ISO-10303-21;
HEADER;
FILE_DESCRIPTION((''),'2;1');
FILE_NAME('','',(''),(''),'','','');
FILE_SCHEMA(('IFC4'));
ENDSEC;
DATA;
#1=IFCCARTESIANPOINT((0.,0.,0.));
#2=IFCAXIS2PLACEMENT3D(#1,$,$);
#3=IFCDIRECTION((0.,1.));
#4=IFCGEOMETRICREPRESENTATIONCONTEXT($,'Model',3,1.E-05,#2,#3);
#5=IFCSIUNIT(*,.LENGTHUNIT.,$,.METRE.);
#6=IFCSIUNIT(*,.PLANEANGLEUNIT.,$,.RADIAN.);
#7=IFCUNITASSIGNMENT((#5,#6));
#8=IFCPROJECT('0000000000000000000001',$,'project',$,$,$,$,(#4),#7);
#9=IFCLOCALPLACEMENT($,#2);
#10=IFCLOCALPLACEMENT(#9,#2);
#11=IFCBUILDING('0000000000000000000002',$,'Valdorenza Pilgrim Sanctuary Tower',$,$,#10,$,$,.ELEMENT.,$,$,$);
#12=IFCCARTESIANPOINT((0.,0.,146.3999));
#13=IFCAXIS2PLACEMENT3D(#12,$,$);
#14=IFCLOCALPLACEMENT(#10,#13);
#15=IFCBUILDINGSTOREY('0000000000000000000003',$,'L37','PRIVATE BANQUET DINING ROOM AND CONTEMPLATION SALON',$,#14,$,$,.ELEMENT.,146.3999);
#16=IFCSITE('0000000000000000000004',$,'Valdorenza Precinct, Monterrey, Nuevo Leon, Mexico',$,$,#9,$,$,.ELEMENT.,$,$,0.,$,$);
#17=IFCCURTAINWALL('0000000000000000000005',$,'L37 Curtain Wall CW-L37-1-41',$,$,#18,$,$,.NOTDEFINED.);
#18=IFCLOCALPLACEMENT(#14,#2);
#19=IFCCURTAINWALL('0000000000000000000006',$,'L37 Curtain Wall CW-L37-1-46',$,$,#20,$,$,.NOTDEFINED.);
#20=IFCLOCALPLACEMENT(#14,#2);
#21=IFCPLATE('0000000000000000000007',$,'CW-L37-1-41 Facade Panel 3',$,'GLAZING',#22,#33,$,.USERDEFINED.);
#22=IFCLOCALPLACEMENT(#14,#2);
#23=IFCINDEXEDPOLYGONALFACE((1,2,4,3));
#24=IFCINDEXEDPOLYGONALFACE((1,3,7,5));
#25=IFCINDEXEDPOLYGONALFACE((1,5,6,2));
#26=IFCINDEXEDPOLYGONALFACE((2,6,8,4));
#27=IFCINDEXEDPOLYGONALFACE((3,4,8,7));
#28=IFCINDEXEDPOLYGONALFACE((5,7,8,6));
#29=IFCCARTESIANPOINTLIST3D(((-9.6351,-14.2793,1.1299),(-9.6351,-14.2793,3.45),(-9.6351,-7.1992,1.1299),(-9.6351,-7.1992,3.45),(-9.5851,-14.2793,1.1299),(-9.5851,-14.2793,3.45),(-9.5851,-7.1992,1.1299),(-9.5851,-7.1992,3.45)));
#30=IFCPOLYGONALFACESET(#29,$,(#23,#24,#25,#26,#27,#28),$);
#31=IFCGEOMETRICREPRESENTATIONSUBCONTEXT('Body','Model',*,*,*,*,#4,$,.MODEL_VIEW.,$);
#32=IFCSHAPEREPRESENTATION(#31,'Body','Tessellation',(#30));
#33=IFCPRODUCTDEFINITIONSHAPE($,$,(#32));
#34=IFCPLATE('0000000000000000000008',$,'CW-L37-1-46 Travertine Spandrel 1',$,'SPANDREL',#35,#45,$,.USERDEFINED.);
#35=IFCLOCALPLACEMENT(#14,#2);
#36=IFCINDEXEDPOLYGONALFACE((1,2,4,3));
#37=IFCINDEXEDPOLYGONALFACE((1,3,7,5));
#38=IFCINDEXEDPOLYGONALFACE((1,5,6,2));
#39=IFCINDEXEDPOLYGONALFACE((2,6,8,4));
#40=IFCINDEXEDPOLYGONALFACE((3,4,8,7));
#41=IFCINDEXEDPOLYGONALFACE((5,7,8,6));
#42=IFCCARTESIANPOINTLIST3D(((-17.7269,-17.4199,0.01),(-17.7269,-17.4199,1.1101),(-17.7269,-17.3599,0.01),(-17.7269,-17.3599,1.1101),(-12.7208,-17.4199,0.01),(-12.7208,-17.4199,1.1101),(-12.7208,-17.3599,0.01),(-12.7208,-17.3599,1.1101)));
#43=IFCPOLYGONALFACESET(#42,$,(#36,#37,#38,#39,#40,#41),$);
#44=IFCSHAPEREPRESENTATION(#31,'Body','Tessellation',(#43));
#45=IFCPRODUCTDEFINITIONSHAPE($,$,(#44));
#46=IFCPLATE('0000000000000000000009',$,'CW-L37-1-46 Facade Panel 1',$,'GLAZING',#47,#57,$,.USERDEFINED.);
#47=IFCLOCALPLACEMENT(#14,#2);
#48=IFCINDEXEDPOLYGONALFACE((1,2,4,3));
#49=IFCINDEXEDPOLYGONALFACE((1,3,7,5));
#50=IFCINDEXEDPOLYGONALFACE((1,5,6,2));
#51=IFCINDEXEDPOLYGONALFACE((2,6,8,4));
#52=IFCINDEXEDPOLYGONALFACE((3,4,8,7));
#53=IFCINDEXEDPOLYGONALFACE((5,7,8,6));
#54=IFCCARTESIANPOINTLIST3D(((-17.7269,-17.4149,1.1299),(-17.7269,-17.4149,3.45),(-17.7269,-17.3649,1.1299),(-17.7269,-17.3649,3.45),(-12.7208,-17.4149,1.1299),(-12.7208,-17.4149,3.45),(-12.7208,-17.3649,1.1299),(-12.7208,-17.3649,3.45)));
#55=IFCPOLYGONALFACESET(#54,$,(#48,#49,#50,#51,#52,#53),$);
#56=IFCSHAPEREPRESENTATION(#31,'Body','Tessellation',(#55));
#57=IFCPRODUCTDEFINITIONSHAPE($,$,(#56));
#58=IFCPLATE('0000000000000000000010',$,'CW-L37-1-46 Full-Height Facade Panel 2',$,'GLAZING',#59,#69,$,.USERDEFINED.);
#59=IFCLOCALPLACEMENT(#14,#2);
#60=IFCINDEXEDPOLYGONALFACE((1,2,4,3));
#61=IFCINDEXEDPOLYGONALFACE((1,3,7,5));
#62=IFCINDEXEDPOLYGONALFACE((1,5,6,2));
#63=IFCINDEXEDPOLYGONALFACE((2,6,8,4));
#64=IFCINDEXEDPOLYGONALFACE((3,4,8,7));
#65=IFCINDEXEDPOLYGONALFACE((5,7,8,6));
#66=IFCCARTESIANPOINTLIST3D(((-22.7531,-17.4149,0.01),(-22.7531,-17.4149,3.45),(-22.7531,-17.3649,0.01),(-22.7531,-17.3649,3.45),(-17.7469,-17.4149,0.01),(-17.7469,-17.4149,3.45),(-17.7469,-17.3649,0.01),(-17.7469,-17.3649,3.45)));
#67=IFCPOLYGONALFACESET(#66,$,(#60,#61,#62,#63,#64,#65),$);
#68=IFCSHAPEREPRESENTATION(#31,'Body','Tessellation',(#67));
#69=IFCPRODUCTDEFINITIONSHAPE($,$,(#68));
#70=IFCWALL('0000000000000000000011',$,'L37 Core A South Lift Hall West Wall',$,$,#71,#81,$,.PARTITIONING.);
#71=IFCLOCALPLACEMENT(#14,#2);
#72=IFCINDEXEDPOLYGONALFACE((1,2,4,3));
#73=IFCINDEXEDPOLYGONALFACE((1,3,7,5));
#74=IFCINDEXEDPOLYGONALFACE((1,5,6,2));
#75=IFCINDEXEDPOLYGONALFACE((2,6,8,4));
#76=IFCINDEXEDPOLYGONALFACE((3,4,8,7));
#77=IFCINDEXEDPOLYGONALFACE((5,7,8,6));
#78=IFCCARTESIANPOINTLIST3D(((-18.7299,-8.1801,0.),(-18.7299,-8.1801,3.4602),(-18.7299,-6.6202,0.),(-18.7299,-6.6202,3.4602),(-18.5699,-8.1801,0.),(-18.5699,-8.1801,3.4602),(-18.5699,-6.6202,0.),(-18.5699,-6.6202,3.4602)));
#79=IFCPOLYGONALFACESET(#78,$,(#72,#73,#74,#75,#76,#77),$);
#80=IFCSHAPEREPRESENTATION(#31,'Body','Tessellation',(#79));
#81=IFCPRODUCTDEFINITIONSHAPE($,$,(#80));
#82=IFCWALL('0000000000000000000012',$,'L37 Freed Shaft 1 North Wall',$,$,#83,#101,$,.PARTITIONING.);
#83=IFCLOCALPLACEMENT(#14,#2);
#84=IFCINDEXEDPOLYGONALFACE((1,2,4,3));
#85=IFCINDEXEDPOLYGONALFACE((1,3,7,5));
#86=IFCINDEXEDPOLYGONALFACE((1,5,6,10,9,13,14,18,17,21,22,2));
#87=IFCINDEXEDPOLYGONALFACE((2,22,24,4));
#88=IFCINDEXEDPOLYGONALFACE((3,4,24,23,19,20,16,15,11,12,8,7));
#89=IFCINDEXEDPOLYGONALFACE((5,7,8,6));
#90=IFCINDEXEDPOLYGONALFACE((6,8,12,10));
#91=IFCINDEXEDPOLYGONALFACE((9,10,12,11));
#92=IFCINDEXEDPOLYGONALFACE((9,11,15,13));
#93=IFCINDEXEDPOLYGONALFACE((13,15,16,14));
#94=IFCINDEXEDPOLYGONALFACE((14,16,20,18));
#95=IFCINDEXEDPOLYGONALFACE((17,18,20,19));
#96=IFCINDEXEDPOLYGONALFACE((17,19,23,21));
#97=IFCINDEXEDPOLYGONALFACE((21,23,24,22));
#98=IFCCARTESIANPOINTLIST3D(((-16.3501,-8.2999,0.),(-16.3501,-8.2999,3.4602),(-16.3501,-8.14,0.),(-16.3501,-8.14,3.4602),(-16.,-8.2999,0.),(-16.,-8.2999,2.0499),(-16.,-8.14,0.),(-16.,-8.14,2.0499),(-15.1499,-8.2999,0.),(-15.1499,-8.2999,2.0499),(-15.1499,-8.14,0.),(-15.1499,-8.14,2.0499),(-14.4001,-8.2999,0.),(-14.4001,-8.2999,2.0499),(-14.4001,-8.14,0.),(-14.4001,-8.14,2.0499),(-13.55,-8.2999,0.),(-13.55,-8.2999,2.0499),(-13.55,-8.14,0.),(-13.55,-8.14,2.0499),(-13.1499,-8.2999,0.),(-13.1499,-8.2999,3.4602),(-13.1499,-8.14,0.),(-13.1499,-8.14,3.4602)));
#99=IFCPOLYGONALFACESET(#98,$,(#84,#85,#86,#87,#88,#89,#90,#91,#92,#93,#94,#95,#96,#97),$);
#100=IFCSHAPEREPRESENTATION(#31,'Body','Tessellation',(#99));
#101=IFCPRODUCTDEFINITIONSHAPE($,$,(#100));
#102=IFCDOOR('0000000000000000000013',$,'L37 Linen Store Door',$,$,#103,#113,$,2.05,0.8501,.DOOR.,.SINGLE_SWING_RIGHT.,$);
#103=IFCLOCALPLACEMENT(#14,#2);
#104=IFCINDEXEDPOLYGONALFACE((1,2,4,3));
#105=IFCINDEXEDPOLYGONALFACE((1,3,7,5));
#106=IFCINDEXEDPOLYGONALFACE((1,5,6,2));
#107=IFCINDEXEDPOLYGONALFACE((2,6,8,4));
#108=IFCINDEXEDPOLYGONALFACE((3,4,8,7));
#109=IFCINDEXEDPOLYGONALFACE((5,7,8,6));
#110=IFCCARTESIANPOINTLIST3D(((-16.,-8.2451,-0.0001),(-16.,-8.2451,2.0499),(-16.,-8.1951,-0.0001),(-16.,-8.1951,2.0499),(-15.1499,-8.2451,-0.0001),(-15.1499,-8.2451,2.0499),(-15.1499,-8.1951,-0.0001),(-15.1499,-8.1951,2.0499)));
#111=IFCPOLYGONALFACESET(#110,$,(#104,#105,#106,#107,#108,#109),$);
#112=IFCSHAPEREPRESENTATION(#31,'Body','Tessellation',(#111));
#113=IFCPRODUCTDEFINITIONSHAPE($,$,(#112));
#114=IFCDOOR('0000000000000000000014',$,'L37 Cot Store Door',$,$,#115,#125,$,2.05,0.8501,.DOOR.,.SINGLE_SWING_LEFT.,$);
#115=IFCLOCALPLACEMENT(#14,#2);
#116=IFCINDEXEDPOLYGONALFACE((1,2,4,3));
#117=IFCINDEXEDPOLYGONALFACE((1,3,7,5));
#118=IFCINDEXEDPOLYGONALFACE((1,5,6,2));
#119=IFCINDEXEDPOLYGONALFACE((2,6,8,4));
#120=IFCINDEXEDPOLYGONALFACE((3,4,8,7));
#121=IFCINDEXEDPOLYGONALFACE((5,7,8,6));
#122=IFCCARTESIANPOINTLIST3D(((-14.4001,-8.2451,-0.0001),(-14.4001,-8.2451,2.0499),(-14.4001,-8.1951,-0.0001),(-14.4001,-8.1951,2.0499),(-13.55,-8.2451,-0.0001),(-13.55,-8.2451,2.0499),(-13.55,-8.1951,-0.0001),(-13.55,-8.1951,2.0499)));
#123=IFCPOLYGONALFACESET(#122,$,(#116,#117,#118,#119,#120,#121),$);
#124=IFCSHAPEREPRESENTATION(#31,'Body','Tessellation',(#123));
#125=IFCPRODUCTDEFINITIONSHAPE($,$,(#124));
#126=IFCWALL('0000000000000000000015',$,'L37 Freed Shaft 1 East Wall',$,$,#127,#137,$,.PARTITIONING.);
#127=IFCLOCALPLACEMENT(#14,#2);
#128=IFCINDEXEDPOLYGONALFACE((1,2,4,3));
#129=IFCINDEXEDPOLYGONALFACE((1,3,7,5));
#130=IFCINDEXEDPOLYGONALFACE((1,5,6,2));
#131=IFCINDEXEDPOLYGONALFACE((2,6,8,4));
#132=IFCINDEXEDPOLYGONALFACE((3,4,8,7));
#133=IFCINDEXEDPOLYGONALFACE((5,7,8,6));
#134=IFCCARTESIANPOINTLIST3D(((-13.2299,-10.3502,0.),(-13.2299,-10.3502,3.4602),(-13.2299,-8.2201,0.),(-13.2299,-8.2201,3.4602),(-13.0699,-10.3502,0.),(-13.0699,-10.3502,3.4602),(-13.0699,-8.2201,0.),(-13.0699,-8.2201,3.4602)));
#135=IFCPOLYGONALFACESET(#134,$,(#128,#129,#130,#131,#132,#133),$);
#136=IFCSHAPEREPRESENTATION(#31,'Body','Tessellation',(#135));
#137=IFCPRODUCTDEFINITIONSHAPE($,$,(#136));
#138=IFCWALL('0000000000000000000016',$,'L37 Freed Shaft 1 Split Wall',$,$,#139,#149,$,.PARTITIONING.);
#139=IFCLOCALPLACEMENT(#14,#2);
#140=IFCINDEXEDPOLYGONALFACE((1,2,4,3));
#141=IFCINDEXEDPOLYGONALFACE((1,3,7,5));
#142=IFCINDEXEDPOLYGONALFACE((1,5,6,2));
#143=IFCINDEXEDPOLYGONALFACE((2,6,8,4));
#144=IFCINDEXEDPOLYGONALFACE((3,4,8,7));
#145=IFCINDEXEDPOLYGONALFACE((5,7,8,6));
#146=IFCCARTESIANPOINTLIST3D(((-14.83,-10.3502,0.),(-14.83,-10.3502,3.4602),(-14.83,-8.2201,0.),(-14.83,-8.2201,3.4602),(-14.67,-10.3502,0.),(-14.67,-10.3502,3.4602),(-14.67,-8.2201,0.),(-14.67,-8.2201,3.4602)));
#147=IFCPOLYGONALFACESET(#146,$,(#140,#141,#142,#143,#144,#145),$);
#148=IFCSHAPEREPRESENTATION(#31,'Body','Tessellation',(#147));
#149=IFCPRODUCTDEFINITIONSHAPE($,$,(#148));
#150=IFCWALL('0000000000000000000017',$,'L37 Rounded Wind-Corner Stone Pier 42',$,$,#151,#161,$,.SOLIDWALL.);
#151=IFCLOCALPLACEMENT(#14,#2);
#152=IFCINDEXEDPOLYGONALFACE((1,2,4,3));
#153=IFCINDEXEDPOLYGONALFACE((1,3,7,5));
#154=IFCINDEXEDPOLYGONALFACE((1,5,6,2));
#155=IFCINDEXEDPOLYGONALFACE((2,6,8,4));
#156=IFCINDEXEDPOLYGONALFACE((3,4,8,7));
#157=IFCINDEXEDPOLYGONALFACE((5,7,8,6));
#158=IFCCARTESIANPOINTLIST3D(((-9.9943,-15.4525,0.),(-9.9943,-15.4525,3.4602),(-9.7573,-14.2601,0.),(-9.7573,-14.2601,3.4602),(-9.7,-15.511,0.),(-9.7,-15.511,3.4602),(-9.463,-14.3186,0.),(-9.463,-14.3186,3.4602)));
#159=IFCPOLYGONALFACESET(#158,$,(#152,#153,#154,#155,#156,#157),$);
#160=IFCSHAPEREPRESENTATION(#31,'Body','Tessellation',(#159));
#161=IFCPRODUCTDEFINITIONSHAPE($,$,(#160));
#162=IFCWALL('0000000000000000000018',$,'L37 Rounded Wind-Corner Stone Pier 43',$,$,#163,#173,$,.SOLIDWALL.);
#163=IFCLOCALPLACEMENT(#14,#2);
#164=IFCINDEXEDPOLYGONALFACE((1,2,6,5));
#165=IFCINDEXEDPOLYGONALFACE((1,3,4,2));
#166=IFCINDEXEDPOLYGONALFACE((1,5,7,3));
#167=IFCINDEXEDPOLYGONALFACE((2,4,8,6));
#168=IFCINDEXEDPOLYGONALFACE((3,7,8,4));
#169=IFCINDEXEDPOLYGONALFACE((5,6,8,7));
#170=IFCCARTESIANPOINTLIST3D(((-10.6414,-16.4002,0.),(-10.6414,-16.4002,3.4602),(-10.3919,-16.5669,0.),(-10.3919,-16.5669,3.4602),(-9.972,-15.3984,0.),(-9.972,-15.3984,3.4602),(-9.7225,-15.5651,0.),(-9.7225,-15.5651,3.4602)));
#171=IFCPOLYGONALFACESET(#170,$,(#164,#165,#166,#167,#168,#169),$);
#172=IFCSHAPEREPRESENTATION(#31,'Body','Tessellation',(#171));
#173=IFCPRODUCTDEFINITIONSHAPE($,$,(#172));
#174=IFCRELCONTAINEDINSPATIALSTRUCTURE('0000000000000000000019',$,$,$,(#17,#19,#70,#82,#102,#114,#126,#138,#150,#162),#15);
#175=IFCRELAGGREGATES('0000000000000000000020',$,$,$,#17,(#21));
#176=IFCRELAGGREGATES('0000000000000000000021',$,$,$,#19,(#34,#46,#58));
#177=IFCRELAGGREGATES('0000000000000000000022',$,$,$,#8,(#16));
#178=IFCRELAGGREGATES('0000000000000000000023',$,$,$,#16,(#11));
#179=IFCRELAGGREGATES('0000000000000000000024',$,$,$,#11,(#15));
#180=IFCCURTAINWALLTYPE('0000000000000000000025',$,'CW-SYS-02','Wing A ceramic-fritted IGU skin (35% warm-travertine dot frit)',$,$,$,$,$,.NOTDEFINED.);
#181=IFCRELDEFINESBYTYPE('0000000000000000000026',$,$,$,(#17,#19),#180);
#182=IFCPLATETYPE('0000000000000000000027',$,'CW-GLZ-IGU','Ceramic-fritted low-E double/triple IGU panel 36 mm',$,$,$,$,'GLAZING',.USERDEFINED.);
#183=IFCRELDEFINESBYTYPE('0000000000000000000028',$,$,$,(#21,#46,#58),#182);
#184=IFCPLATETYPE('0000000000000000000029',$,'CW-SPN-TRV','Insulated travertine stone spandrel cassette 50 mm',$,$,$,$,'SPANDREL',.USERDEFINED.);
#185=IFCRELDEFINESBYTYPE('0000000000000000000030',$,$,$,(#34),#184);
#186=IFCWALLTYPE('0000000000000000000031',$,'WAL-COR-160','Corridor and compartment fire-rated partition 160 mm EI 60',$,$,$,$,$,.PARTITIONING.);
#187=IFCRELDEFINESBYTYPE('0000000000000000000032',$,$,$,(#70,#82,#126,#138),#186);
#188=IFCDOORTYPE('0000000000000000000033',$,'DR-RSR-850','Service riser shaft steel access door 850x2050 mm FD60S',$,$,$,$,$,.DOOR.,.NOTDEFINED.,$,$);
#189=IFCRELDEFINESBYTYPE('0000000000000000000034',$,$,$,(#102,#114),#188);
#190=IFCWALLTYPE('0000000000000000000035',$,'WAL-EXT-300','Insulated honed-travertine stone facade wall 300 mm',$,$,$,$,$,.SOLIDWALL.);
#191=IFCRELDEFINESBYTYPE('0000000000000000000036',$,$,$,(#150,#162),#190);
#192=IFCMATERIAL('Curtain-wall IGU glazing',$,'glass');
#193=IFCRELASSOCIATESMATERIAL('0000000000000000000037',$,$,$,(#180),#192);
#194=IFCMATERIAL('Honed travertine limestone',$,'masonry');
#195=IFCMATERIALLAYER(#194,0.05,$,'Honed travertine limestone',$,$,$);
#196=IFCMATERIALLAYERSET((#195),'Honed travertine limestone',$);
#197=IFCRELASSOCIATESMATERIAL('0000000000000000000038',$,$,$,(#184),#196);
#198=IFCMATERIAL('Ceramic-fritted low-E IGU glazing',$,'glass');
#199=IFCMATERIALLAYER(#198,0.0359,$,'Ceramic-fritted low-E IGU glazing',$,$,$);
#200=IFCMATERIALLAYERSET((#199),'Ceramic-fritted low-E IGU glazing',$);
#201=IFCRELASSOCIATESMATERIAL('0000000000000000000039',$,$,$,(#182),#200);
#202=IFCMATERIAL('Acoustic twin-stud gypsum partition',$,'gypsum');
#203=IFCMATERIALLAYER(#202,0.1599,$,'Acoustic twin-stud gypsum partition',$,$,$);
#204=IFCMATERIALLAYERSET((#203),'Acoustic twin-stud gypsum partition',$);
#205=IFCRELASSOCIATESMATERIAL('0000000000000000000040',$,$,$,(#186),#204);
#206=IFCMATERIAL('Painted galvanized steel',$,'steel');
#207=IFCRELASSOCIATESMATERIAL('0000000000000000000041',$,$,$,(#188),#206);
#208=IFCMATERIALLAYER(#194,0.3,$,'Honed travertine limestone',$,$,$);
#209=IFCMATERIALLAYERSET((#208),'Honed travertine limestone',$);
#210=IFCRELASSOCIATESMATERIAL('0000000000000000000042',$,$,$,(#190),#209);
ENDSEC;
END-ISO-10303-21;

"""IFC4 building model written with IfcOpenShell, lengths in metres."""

from ifc_helpers import new_model, si_unit, direction, frame, frame_2d, origin, origin_2d, place, context, subcontext, project, spatial, rectangle, extrude, source, transform, mapped, material, layer, layer_set, type_object, element, fill, aggregate, save


model = new_model("IFC4")

# Units and contexts
model_context = context("Model", 3, precision=1e-05, world=origin(), true_north=direction((0.0, 1.0)))
body_context = subcontext(model_context, "Body", "Model", "MODEL_VIEW")
ifc_project = project(units=[si_unit("LENGTHUNIT", "METRE"), si_unit("PLANEANGLEUNIT", "RADIAN")], contexts=[model_context])

# Site, building, storey
site_placement = place(None, origin())
site = spatial("IfcSite", under=ifc_project, at=site_placement, Name="Valdorenza Precinct, Monterrey, Nuevo Leon, Mexico", CompositionType="ELEMENT", RefElevation=0.0)
building_placement = place(site_placement, origin())
building = spatial("IfcBuilding", under=site, at=building_placement, Name="Valdorenza Pilgrim Sanctuary Tower", CompositionType="ELEMENT")
storey_placement = place(building_placement, frame((0.0, 0.0, 146.3999)))
storey = spatial("IfcBuildingStorey", under=building, at=storey_placement, Name="L37", Description="PRIVATE BANQUET DINING ROOM AND CONTEMPLATION SALON", CompositionType="ELEMENT", Elevation=146.3999)

# Curtain wall
ifc_material_1 = material(Name="Curtain-wall IGU glazing", Category="glass")
curtain_wall_type = type_object("IfcCurtainWallType", Name="CW-SYS-02", Description="Wing A ceramic-fritted IGU skin (35% warm-travertine dot frit)", PredefinedType="NOTDEFINED", material=ifc_material_1)
curtain_wall_1_placement = place(storey_placement, origin())
curtain_wall_1 = element("IfcCurtainWall", 1, at=curtain_wall_1_placement, inside=storey, type_object=curtain_wall_type, Name="L37 Curtain Wall CW-L37-1-41", PredefinedType="NOTDEFINED")

# Curtain wall
curtain_wall_2_placement = place(storey_placement, origin())
curtain_wall_2 = element("IfcCurtainWall", 2, at=curtain_wall_2_placement, inside=storey, type_object=curtain_wall_type, Name="L37 Curtain Wall CW-L37-1-46", PredefinedType="NOTDEFINED")

# Plates
ifc_material_2 = material(Name="Honed travertine limestone", Category="masonry")
ifc_layer_1 = layer(ifc_material_2, 0.05, Name="Honed travertine limestone")
ifc_layer_set_1 = layer_set([ifc_layer_1], Name="Honed travertine limestone")
plate_type_1 = type_object("IfcPlateType", Name="CW-SPN-TRV", Description="Insulated travertine stone spandrel cassette 50 mm", ElementType="SPANDREL", PredefinedType="USERDEFINED", material=ifc_layer_set_1)
ifc_material_3 = material(Name="Ceramic-fritted low-E IGU glazing", Category="glass")
ifc_layer_2 = layer(ifc_material_3, 0.0359, Name="Ceramic-fritted low-E IGU glazing")
ifc_layer_set_2 = layer_set([ifc_layer_2], Name="Ceramic-fritted low-E IGU glazing")
plate_type_2 = type_object("IfcPlateType", Name="CW-GLZ-IGU", Description="Ceramic-fritted low-E double/triple IGU panel 36 mm", ElementType="GLAZING", PredefinedType="USERDEFINED", material=ifc_layer_set_2)
shared_shape_1 = source(origin(), body_context, "Body", "SweptSolid", [
    extrude(rectangle(XDim=7.0801, YDim=0.05, at=origin_2d()), origin(), (0.0, 0.0, 1.0), 2.3201),
])
plate_1_placement = place(storey_placement, frame((-9.6101, -10.7393, 1.1299), z_axis=(0.0, 0.0, 1.0), x_axis=(0.0, -1.0, 0.0)))
plate_1 = element("IfcPlate", 3, at=plate_1_placement, type_object=plate_type_2, Name="CW-L37-1-41 Facade Panel 3", ObjectType="GLAZING", PredefinedType="USERDEFINED", context=body_context, shape_type="MappedRepresentation", body=[
    mapped(shared_shape_1, transform((0.0, 0.0, 0.0), x_axis=(1.0, 0.0, 0.0), y_axis=(0.0, 1.0, 0.0), z_axis=(0.0, 0.0, 1.0), scale=1.0)),
])
aggregate(curtain_wall_1, [plate_1])
shared_shape_2 = source(origin(), body_context, "Body", "SweptSolid", [
    extrude(rectangle(XDim=5.0061, YDim=0.0601, at=origin_2d()), origin(), (0.0, 0.0, 1.0), 1.1001),
])
plate_2_placement = place(storey_placement, frame((-15.2239, -17.3899, 0.01), z_axis=(0.0, 0.0, 1.0), x_axis=(-1.0, 0.0, 0.0)))
plate_2 = element("IfcPlate", 4, at=plate_2_placement, type_object=plate_type_1, Name="CW-L37-1-46 Travertine Spandrel 1", ObjectType="SPANDREL", PredefinedType="USERDEFINED", context=body_context, shape_type="MappedRepresentation", body=[
    mapped(shared_shape_2, transform((0.0, 0.0, 0.0), x_axis=(1.0, 0.0, 0.0), y_axis=(0.0, 1.0, 0.0), z_axis=(0.0, 0.0, 1.0), scale=1.0)),
])
shared_shape_3 = source(origin(), body_context, "Body", "SweptSolid", [
    extrude(rectangle(XDim=5.0061, YDim=0.05, at=origin_2d()), origin(), (0.0, 0.0, 1.0), 2.3201),
])
plate_3_placement = place(storey_placement, frame((-15.2239, -17.3899, 1.1299), z_axis=(0.0, 0.0, 1.0), x_axis=(-1.0, 0.0, 0.0)))
plate_3 = element("IfcPlate", 5, at=plate_3_placement, type_object=plate_type_2, Name="CW-L37-1-46 Facade Panel 1", ObjectType="GLAZING", PredefinedType="USERDEFINED", context=body_context, shape_type="MappedRepresentation", body=[
    mapped(shared_shape_3, transform((0.0, 0.0, 0.0), x_axis=(1.0, 0.0, 0.0), y_axis=(0.0, 1.0, 0.0), z_axis=(0.0, 0.0, 1.0), scale=1.0)),
])
shared_shape_4 = source(origin(), body_context, "Body", "SweptSolid", [
    extrude(rectangle(XDim=5.0061, YDim=0.05, at=origin_2d()), origin(), (0.0, 0.0, 1.0), 3.4399),
])
plate_4_placement = place(storey_placement, frame((-20.25, -17.3899, 0.01), z_axis=(0.0, 0.0, 1.0), x_axis=(-1.0, 0.0, 0.0)))
plate_4 = element("IfcPlate", 6, at=plate_4_placement, type_object=plate_type_2, Name="CW-L37-1-46 Full-Height Facade Panel 2", ObjectType="GLAZING", PredefinedType="USERDEFINED", context=body_context, shape_type="MappedRepresentation", body=[
    mapped(shared_shape_4, transform((0.0, 0.0, 0.0), x_axis=(1.0, 0.0, 0.0), y_axis=(0.0, 1.0, 0.0), z_axis=(0.0, 0.0, 1.0), scale=1.0)),
])
aggregate(curtain_wall_2, [plate_2, plate_3, plate_4])

# Wall
ifc_material_4 = material(Name="Acoustic twin-stud gypsum partition", Category="gypsum")
ifc_layer_3 = layer(ifc_material_4, 0.1599, Name="Acoustic twin-stud gypsum partition")
ifc_layer_set_3 = layer_set([ifc_layer_3], Name="Acoustic twin-stud gypsum partition")
wall_type_1 = type_object("IfcWallType", Name="WAL-COR-160", Description="Corridor and compartment fire-rated partition 160 mm EI 60", PredefinedType="PARTITIONING", material=ifc_layer_set_3)
wall_1_placement = place(storey_placement, frame((-18.6499, -8.1799, 0.0), z_axis=(0.0, 0.0, 1.0), x_axis=(0.0, 1.0, 0.0)))
element("IfcWall", 7, at=wall_1_placement, inside=storey, type_object=wall_type_1, Name="L37 Core A South Lift Hall West Wall", PredefinedType="PARTITIONING", context=body_context, shape_type="SweptSolid", body=[
    extrude(rectangle(XDim=1.5598, YDim=0.1599, at=frame_2d((0.7798, 0.0))), origin(), (0.0, 0.0, 1.0), 3.4602),
])

# Wall, openings, doors
wall_2_placement = place(storey_placement, frame((-16.3501, -8.22, 0.0), z_axis=(0.0, 0.0, 1.0), x_axis=(1.0, 0.0, 0.0)))
wall_2 = element("IfcWall", 8, at=wall_2_placement, inside=storey, type_object=wall_type_1, Name="L37 Freed Shaft 1 North Wall", PredefinedType="PARTITIONING", context=body_context, shape_type="SweptSolid", body=[
    extrude(rectangle(XDim=3.2002, YDim=0.1599, at=frame_2d((1.6001, 0.0))), origin(), (0.0, 0.0, 1.0), 3.4602),
])
opening_1_placement = place(wall_2_placement, frame((0.3501, 0.0, 0.0)))
opening_1 = element("IfcOpeningElement", 9, at=opening_1_placement, cuts=wall_2, PredefinedType="OPENING", context=body_context, shape_type="SweptSolid", body=[
    extrude(rectangle(XDim=0.8501, YDim=2.05, at=frame_2d((0.425, 1.0249))), frame((0.0, 0.0947, 0.0), z_axis=(0.0, -1.0, 0.0), x_axis=(1.0, 0.0, 0.0)), (0.0, 0.0, 1.0), 0.1897),
])
opening_2_placement = place(wall_2_placement, frame((1.95, 0.0, 0.0)))
opening_2 = element("IfcOpeningElement", 10, at=opening_2_placement, cuts=wall_2, PredefinedType="OPENING", context=body_context, shape_type="SweptSolid", body=[
    extrude(rectangle(XDim=0.8501, YDim=2.05, at=frame_2d((0.425, 1.0249))), frame((0.0, 0.0947, 0.0), z_axis=(0.0, -1.0, 0.0), x_axis=(1.0, 0.0, 0.0)), (0.0, 0.0, 1.0), 0.1897),
])
ifc_material_5 = material(Name="Painted galvanized steel", Category="steel")
door_type_1 = type_object("IfcDoorType", Name="DR-RSR-850", Description="Service riser shaft steel access door 850x2050 mm FD60S", OperationType="NOTDEFINED", PredefinedType="DOOR", material=ifc_material_5)
door_1_placement = place(opening_1_placement, origin())
door_1 = element("IfcDoor", 11, at=door_1_placement, inside=storey, type_object=door_type_1, Name="L37 Linen Store Door", OperationType="SINGLE_SWING_RIGHT", OverallHeight=2.05, OverallWidth=0.8501, PredefinedType="DOOR", context=body_context, shape_type="SweptSolid", body=[
    extrude(rectangle(XDim=0.8501, YDim=2.05, at=frame_2d((0.425, 1.0249))), frame((0.0, 0.0249, 0.0), z_axis=(0.0, -1.0, 0.0), x_axis=(1.0, 0.0, 0.0)), (0.0, 0.0, 1.0), 0.05),
])
fill(opening_1, door_1)
door_2_placement = place(opening_2_placement, origin())
door_2 = element("IfcDoor", 12, at=door_2_placement, inside=storey, type_object=door_type_1, Name="L37 Cot Store Door", OperationType="SINGLE_SWING_LEFT", OverallHeight=2.05, OverallWidth=0.8501, PredefinedType="DOOR", context=body_context, shape_type="SweptSolid", body=[
    extrude(rectangle(XDim=0.8501, YDim=2.05, at=frame_2d((0.425, 1.0249))), frame((0.0, 0.0249, 0.0), z_axis=(0.0, -1.0, 0.0), x_axis=(1.0, 0.0, 0.0)), (0.0, 0.0, 1.0), 0.05),
])
fill(opening_2, door_2)

# Walls
for number, where, z_axis, x_axis, name in (
    (13, (-13.1499, -10.3501, 0.0), (0.0, 0.0, 1.0), (0.0, 1.0, 0.0), "L37 Freed Shaft 1 East Wall"),
    (14, (-14.75, -10.3501, 0.0), (0.0, 0.0, 1.0), (0.0, 1.0, 0.0), "L37 Freed Shaft 1 Split Wall"),
):
    element("IfcWall", number, at=place(storey_placement, frame(where, z_axis=z_axis, x_axis=x_axis)), inside=storey, type_object=wall_type_1, Name=name, PredefinedType="PARTITIONING", context=body_context, shape_type="SweptSolid", body=[
        extrude(rectangle(XDim=2.1301, YDim=0.1599, at=frame_2d((1.0649, 0.0))), origin(), (0.0, 0.0, 1.0), 3.4602),
    ])
ifc_layer_4 = layer(ifc_material_2, 0.3, Name="Honed travertine limestone")
ifc_layer_set_4 = layer_set([ifc_layer_4], Name="Honed travertine limestone")
wall_type_2 = type_object("IfcWallType", Name="WAL-EXT-300", Description="Insulated honed-travertine stone facade wall 300 mm", PredefinedType="SOLIDWALL", material=ifc_layer_set_4)
wall_3_placement = place(storey_placement, frame((-9.6101, -14.2893, 0.0), z_axis=(0.0, 0.0, 1.0), x_axis=(-0.194996, -0.980804, 0.0)))
element("IfcWall", 15, at=wall_3_placement, inside=storey, type_object=wall_type_2, Name="L37 Rounded Wind-Corner Stone Pier 42", PredefinedType="SOLIDWALL", context=body_context, shape_type="SweptSolid", body=[
    extrude(rectangle(XDim=1.2158, YDim=0.3, at=frame_2d((0.6079, 0.0))), origin(), (0.0, 0.0, 1.0), 3.4602),
])
for number, where, z_axis, x_axis, name in (
    (16, (-9.8472, -15.4817, 0.0), (0.0, 0.0, 1.0), (-0.555635, -0.831426, 0.0), "L37 Rounded Wind-Corner Stone Pier 43"),
):
    element("IfcWall", number, at=place(storey_placement, frame(where, z_axis=z_axis, x_axis=x_axis)), inside=storey, type_object=wall_type_2, Name=name, PredefinedType="SOLIDWALL", context=body_context, shape_type="SweptSolid", body=[
        extrude(rectangle(XDim=1.2048, YDim=0.3, at=frame_2d((0.6025, 0.0))), origin(), (0.0, 0.0, 1.0), 3.4602),
    ])

save(model, "model.ifc")
